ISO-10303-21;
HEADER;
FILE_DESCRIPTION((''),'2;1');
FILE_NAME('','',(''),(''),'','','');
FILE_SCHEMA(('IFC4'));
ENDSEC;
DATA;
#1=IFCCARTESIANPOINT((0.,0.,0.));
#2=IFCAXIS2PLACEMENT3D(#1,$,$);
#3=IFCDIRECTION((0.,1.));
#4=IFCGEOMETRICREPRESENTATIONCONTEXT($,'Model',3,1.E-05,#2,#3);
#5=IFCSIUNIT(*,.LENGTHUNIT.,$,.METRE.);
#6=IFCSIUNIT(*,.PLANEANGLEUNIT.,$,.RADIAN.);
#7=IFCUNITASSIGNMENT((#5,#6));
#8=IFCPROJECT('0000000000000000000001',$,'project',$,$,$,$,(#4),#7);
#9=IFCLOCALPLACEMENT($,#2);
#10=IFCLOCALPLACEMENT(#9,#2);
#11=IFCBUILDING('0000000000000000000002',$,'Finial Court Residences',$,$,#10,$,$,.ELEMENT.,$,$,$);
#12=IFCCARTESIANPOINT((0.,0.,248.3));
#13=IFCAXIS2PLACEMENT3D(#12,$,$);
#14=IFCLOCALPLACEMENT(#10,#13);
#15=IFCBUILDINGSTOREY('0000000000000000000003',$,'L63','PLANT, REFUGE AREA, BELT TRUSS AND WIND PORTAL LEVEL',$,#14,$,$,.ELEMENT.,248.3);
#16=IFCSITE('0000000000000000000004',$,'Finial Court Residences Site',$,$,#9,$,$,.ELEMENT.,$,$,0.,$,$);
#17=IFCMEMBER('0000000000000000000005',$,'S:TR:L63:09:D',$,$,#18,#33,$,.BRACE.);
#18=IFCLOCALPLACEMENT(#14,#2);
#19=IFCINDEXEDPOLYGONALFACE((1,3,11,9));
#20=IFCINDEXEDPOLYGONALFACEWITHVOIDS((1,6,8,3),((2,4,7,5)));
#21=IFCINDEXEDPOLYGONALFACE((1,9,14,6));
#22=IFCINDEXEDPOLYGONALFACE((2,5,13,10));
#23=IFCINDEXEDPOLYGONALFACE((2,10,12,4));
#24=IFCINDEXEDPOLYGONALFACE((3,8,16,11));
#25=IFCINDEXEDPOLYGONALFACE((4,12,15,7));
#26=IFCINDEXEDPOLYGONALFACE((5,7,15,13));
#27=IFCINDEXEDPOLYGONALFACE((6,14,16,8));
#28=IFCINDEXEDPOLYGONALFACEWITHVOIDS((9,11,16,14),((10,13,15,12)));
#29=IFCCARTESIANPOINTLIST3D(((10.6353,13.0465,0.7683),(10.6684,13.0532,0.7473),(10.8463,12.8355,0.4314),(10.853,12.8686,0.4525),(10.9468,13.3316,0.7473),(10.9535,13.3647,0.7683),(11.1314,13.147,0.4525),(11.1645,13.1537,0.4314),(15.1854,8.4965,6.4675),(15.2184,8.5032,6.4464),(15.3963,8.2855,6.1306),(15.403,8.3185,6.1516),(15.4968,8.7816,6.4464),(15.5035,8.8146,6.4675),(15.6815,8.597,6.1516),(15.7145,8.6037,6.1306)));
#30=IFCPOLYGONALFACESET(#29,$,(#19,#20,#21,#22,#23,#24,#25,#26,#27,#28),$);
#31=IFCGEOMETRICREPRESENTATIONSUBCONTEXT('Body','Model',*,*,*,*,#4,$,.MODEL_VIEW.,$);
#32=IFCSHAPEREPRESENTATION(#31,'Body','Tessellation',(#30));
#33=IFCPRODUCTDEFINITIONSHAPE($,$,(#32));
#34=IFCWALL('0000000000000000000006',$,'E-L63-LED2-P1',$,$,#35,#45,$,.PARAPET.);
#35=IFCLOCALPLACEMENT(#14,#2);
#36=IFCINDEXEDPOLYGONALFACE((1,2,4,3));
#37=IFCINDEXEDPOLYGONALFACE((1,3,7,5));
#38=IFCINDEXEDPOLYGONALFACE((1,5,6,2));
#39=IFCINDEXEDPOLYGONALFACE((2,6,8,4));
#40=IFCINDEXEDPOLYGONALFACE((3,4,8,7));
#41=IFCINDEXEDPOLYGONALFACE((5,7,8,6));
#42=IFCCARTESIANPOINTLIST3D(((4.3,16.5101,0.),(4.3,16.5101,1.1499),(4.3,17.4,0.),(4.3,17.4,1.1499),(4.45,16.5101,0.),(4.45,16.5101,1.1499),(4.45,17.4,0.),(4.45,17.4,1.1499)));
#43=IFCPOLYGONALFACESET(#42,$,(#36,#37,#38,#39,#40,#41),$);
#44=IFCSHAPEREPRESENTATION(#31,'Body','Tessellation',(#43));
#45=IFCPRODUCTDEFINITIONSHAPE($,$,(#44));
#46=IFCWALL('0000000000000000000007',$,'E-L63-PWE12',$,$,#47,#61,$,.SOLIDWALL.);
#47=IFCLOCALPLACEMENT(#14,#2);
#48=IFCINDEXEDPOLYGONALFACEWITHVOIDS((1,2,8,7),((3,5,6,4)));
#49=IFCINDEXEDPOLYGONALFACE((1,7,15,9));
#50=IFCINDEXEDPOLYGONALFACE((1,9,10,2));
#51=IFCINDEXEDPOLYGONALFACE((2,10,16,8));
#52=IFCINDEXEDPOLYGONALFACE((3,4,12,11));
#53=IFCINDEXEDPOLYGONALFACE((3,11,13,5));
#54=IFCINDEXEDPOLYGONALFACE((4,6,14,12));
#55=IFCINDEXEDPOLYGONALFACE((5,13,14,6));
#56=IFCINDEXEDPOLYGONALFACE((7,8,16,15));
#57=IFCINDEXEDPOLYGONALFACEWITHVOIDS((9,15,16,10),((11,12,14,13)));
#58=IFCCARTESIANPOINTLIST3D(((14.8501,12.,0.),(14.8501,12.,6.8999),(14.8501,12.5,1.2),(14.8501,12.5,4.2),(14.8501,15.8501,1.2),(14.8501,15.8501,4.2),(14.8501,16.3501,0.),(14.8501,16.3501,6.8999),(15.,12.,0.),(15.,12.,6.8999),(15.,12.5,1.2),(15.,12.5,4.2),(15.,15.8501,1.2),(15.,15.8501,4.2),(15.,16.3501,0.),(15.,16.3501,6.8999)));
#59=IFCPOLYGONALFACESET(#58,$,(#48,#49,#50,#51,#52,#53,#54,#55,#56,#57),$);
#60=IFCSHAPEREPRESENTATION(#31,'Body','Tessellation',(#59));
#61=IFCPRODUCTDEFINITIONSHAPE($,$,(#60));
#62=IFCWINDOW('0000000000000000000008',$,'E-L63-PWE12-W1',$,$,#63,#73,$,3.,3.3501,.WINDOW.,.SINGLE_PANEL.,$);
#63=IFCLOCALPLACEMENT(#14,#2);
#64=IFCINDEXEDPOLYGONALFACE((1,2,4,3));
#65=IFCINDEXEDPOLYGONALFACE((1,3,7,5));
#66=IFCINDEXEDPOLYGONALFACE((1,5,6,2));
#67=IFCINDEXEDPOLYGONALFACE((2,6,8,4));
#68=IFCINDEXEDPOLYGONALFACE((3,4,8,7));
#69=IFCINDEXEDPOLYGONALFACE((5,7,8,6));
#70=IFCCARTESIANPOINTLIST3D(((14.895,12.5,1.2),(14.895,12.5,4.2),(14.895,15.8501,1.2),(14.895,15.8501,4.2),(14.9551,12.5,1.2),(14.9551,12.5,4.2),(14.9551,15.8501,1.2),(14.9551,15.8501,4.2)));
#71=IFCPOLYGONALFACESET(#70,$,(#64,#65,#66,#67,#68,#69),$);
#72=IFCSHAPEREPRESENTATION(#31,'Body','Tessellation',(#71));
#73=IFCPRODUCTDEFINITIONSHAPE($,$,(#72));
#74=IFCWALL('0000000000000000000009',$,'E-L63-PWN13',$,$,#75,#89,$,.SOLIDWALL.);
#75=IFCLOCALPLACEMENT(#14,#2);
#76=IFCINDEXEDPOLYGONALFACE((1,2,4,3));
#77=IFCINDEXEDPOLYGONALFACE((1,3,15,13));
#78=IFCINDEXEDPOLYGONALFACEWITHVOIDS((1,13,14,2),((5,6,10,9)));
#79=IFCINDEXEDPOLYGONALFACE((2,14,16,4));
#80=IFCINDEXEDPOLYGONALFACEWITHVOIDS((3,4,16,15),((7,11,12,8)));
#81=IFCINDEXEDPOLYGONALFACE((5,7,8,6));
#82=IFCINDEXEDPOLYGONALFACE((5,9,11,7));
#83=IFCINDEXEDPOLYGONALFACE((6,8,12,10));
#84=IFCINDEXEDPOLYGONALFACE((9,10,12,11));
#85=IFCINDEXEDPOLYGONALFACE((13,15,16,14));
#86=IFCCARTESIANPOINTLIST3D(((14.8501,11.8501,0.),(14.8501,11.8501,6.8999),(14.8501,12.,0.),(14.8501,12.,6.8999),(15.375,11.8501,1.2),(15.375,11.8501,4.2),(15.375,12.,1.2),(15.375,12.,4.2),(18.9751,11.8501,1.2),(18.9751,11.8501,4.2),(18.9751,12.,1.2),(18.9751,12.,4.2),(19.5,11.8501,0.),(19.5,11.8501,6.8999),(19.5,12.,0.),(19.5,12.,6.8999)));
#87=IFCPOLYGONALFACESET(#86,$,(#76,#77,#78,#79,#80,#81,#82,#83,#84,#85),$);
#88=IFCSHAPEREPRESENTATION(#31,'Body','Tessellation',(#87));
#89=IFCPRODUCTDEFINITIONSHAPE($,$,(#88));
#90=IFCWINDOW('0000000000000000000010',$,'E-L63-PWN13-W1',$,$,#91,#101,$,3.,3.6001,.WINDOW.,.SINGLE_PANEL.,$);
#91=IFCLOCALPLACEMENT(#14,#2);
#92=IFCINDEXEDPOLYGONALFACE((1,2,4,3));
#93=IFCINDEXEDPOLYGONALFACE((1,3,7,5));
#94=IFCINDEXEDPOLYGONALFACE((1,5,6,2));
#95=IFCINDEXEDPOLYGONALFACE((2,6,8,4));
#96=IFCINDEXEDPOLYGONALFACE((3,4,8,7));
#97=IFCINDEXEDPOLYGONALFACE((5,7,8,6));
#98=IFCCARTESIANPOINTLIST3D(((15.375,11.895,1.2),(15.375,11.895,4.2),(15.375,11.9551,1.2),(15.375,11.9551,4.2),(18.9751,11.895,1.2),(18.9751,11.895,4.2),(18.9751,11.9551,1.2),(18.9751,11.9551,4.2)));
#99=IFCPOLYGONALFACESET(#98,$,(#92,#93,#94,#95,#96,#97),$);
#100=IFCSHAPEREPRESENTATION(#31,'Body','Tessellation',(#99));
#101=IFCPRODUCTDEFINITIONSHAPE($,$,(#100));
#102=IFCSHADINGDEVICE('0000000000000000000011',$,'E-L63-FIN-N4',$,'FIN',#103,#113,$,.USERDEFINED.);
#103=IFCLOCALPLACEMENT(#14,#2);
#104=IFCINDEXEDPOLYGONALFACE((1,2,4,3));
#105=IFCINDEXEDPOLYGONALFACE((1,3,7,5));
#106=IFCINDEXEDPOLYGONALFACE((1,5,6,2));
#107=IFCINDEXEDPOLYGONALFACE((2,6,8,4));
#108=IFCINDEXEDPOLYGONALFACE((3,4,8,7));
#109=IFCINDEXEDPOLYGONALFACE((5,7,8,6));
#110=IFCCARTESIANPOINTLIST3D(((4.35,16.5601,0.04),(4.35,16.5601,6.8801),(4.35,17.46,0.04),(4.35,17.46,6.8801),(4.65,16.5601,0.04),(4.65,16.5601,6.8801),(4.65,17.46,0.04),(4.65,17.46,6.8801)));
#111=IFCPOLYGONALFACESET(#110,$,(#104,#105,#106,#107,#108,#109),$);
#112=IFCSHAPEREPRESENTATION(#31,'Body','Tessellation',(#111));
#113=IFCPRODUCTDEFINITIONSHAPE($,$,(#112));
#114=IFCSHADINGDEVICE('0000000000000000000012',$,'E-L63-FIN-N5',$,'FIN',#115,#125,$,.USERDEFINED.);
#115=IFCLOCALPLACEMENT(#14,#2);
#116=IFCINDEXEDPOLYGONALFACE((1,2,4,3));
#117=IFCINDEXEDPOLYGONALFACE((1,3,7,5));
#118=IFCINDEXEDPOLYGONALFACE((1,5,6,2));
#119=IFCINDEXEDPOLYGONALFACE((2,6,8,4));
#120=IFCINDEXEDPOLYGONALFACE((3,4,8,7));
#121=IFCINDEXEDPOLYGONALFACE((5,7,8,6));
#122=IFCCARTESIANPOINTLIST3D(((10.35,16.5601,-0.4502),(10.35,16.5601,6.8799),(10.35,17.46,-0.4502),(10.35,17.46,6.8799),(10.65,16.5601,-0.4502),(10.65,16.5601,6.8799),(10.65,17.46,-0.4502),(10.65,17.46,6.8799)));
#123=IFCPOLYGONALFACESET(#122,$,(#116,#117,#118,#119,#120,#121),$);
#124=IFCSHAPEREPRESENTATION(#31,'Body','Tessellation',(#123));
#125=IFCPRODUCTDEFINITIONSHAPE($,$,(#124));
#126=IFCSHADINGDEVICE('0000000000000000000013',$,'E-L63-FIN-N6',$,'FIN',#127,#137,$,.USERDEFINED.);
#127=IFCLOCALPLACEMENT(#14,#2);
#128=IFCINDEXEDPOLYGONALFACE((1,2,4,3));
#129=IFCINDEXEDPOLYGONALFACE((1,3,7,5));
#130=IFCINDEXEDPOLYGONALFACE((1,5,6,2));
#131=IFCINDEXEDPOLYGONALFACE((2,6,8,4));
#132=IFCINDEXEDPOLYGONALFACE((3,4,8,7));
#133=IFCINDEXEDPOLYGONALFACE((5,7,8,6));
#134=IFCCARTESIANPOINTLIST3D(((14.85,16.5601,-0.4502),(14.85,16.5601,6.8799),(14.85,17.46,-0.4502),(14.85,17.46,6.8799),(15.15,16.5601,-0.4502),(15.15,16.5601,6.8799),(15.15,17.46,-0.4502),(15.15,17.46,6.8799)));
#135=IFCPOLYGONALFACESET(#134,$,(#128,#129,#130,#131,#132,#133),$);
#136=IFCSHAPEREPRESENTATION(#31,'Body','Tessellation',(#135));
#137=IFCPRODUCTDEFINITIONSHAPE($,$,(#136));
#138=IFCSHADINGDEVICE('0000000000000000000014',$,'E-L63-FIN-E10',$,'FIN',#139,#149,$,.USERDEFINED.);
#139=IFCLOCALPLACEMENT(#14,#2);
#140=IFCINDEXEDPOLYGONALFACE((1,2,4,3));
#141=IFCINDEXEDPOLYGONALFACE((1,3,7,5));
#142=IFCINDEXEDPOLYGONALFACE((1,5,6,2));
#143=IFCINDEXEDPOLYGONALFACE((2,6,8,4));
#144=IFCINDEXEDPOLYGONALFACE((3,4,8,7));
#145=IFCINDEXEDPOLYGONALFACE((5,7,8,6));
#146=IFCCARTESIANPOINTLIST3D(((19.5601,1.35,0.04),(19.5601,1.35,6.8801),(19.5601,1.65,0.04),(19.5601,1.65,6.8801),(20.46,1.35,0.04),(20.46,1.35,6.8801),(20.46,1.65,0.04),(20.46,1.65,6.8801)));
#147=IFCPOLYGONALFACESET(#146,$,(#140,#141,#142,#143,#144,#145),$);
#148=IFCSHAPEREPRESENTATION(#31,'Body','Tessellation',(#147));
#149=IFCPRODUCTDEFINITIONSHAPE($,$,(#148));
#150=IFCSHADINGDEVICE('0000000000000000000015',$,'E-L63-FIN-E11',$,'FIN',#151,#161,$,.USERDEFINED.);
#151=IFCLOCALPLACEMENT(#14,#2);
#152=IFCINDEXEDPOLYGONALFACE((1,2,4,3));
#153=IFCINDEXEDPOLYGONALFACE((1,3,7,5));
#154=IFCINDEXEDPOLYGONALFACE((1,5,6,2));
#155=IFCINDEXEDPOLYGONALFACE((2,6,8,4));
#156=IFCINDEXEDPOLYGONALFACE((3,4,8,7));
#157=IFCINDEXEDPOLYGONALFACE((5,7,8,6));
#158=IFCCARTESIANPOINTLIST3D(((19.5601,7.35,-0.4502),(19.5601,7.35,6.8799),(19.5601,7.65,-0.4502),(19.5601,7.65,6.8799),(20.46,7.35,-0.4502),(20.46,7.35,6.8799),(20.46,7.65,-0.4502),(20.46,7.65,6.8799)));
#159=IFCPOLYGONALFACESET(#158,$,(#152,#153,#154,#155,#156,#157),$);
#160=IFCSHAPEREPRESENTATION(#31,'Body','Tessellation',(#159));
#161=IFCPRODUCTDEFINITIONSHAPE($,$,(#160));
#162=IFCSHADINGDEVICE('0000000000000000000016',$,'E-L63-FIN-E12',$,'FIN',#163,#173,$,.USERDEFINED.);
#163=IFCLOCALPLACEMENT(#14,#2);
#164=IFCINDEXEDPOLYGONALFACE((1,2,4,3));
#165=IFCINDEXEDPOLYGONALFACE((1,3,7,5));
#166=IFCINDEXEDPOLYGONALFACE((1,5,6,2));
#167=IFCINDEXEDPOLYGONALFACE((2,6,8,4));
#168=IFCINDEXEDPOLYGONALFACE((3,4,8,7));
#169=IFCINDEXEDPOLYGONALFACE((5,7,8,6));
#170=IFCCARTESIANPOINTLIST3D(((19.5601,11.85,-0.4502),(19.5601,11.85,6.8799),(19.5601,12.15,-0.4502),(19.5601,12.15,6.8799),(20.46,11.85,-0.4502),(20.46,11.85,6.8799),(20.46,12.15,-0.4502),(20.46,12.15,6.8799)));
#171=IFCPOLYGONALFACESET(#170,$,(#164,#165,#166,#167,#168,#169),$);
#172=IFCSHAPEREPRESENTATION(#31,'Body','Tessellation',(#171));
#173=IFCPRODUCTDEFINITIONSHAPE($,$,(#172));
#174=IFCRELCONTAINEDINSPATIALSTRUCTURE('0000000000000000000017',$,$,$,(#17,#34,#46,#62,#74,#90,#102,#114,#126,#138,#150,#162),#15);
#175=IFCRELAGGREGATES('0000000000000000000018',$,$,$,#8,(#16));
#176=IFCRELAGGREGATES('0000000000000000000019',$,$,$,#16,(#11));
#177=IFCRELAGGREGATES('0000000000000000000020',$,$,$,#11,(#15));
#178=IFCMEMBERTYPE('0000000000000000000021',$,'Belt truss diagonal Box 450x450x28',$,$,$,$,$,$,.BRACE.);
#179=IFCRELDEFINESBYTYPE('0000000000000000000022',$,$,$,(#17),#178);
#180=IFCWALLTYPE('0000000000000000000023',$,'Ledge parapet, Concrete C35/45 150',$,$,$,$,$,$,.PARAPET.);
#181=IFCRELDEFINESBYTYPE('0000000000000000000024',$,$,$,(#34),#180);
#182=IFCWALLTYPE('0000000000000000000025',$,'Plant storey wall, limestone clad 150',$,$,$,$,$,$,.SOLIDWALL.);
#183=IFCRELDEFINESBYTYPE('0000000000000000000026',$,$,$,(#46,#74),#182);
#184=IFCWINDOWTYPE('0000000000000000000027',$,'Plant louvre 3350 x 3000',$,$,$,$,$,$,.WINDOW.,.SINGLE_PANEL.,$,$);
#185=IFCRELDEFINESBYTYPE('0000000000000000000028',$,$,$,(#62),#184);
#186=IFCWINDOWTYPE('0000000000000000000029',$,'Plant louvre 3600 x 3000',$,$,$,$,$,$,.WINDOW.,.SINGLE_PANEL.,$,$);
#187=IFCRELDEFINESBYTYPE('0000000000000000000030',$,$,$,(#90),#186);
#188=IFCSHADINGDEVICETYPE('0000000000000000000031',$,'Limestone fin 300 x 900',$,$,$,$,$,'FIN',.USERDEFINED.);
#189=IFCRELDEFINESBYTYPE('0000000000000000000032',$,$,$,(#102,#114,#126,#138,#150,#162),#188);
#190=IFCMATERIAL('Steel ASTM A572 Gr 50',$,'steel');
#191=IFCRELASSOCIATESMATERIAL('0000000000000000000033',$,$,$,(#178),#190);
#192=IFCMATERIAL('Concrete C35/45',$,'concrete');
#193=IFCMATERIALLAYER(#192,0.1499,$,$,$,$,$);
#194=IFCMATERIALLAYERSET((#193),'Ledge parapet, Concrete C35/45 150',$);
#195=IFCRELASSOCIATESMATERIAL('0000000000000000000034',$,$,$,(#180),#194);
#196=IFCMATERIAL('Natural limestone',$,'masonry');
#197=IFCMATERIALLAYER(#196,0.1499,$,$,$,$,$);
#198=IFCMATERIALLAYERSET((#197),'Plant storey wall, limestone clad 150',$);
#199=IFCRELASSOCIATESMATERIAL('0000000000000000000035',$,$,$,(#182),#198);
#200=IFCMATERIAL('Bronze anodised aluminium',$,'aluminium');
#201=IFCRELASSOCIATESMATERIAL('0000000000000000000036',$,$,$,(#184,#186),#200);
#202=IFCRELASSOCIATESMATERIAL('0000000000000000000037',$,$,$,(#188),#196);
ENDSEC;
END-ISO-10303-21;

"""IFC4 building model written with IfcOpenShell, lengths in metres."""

from ifc_helpers import new_model, si_unit, direction, frame, frame_2d, origin, origin_2d, place, context, subcontext, project, spatial, rectangle, hollow_rectangle, extrude, material, layer, layer_set, material_profile, profile_set, type_object, element, fill, save


model = new_model("IFC4")

# Units and contexts
model_context = context("Model", 3, precision=1e-05, world=origin(), true_north=direction((0.0, 1.0)))
body_context = subcontext(model_context, "Body", "Model", "MODEL_VIEW")
ifc_project = project(units=[si_unit("LENGTHUNIT", "METRE"), si_unit("PLANEANGLEUNIT", "RADIAN")], contexts=[model_context])

# Site, building, storey
site_placement = place(None, origin())
site = spatial("IfcSite", under=ifc_project, at=site_placement, Name="Finial Court Residences Site", CompositionType="ELEMENT", RefElevation=0.0)
building_placement = place(site_placement, origin())
building = spatial("IfcBuilding", under=site, at=building_placement, Name="Finial Court Residences", CompositionType="ELEMENT")
storey_placement = place(building_placement, frame((0.0, 0.0, 248.3)))
storey = spatial("IfcBuildingStorey", under=building, at=storey_placement, Name="L63", Description="PLANT, REFUGE AREA, BELT TRUSS AND WIND PORTAL LEVEL", CompositionType="ELEMENT", Elevation=248.3)

# Member
ifc_material_1 = material(Name="Steel ASTM A572 Gr 50", Category="steel")
ifc_material_profile_1 = material_profile(ifc_material_1, hollow_rectangle(XDim=0.45, YDim=0.45, WallThickness=0.0281, at=origin_2d()), Name="Box 450x450x28")
ifc_profile_set_1 = profile_set([ifc_material_profile_1], Name="Steel ASTM A572 Gr 50")
member_type_1 = type_object("IfcMemberType", Name="Belt truss diagonal Box 450x450x28", PredefinedType="BRACE", material=ifc_profile_set_1)
member_1_placement = place(storey_placement, frame((10.8999, 13.1001, 0.5999), z_axis=(0.529337, -0.529337, 0.663027), x_axis=(0.707107, 0.707107, 0.0)))
element("IfcMember", 1, at=member_1_placement, inside=storey, type_object=member_type_1, Name="S:TR:L63:09:D", PredefinedType="BRACE", context=body_context, shape_type="SweptSolid", body=[
    extrude(hollow_rectangle(XDim=0.45, YDim=0.45, WallThickness=0.0281, at=origin_2d()), origin(), (0.0, 0.0, 1.0), 8.5957),
])

# Wall
ifc_material_2 = material(Name="Concrete C35/45", Category="concrete")
ifc_layer_1 = layer(ifc_material_2, 0.1499)
ifc_layer_set_1 = layer_set([ifc_layer_1], Name="Ledge parapet, Concrete C35/45 150")
wall_type_1 = type_object("IfcWallType", Name="Ledge parapet, Concrete C35/45 150", PredefinedType="PARAPET", material=ifc_layer_set_1)
wall_1_placement = place(storey_placement, frame((4.375, 17.3999, 0.0), z_axis=(0.0, 0.0, 1.0), x_axis=(0.0, -1.0, 0.0)))
element("IfcWall", 2, at=wall_1_placement, inside=storey, type_object=wall_type_1, Name="E-L63-LED2-P1", PredefinedType="PARAPET", context=body_context, shape_type="SweptSolid", body=[
    extrude(rectangle(XDim=0.8899, YDim=0.1499, at=frame_2d((0.4448, 0.0))), origin(), (0.0, 0.0, 1.0), 1.1499),
])

# Walls, openings, windows
ifc_material_3 = material(Name="Natural limestone", Category="masonry")
ifc_layer_2 = layer(ifc_material_3, 0.1499)
ifc_layer_set_2 = layer_set([ifc_layer_2], Name="Plant storey wall, limestone clad 150")
wall_type_2 = type_object("IfcWallType", Name="Plant storey wall, limestone clad 150", PredefinedType="SOLIDWALL", material=ifc_layer_set_2)
wall_2_placement = place(storey_placement, frame((14.925, 16.3501, 0.0), z_axis=(0.0, 0.0, 1.0), x_axis=(0.0, -1.0, 0.0)))
wall_2 = element("IfcWall", 3, at=wall_2_placement, inside=storey, type_object=wall_type_2, Name="E-L63-PWE12", PredefinedType="SOLIDWALL", context=body_context, shape_type="SweptSolid", body=[
    extrude(rectangle(XDim=4.3501, YDim=0.1499, at=frame_2d((2.175, 0.0))), origin(), (0.0, 0.0, 1.0), 6.8999),
])
opening_1_placement = place(wall_2_placement, frame((0.5, 0.0, 1.2)))
opening_1 = element("IfcOpeningElement", 4, at=opening_1_placement, cuts=wall_2, PredefinedType="OPENING", context=body_context, shape_type="SweptSolid", body=[
    extrude(rectangle(XDim=3.3501, YDim=3.0, at=frame_2d((1.675, 1.5))), frame((0.0, 0.085, 0.0), z_axis=(0.0, -1.0, 0.0), x_axis=(1.0, 0.0, 0.0)), (0.0, 0.0, 1.0), 0.1699),
])
ifc_material_4 = material(Name="Bronze anodised aluminium", Category="aluminium")
window_type_1 = type_object("IfcWindowType", Name="Plant louvre 3350 x 3000", PartitioningType="SINGLE_PANEL", PredefinedType="WINDOW", material=ifc_material_4)
window_1_placement = place(opening_1_placement, origin())
window_1 = element("IfcWindow", 5, at=window_1_placement, inside=storey, type_object=window_type_1, Name="E-L63-PWE12-W1", OverallHeight=3.0, OverallWidth=3.3501, PartitioningType="SINGLE_PANEL", PredefinedType="WINDOW", context=body_context, shape_type="SweptSolid", body=[
    extrude(rectangle(XDim=3.3501, YDim=3.0, at=frame_2d((1.675, 1.5))), frame((0.0, 0.03, 0.0), z_axis=(0.0, -1.0, 0.0), x_axis=(1.0, 0.0, 0.0)), (0.0, 0.0, 1.0), 0.0601),
])
fill(opening_1, window_1)
wall_3_placement = place(storey_placement, frame((14.8501, 11.925, 0.0), z_axis=(0.0, 0.0, 1.0), x_axis=(1.0, 0.0, 0.0)))
wall_3 = element("IfcWall", 6, at=wall_3_placement, inside=storey, type_object=wall_type_2, Name="E-L63-PWN13", PredefinedType="SOLIDWALL", context=body_context, shape_type="SweptSolid", body=[
    extrude(rectangle(XDim=4.6499, YDim=0.1499, at=frame_2d((2.325, 0.0))), origin(), (0.0, 0.0, 1.0), 6.8999),
])
opening_2_placement = place(wall_3_placement, frame((0.5249, 0.0, 1.2)))
opening_2 = element("IfcOpeningElement", 7, at=opening_2_placement, cuts=wall_3, PredefinedType="OPENING", context=body_context, shape_type="SweptSolid", body=[
    extrude(rectangle(XDim=3.6001, YDim=3.0, at=frame_2d((1.8, 1.5))), frame((0.0, 0.085, 0.0), z_axis=(0.0, -1.0, 0.0), x_axis=(1.0, 0.0, 0.0)), (0.0, 0.0, 1.0), 0.1699),
])
window_type_2 = type_object("IfcWindowType", Name="Plant louvre 3600 x 3000", PartitioningType="SINGLE_PANEL", PredefinedType="WINDOW", material=ifc_material_4)
window_2_placement = place(opening_2_placement, origin())
window_2 = element("IfcWindow", 8, at=window_2_placement, inside=storey, type_object=window_type_2, Name="E-L63-PWN13-W1", OverallHeight=3.0, OverallWidth=3.6001, PartitioningType="SINGLE_PANEL", PredefinedType="WINDOW", context=body_context, shape_type="SweptSolid", body=[
    extrude(rectangle(XDim=3.6001, YDim=3.0, at=frame_2d((1.8, 1.5))), frame((0.0, 0.03, 0.0), z_axis=(0.0, -1.0, 0.0), x_axis=(1.0, 0.0, 0.0)), (0.0, 0.0, 1.0), 0.0601),
])
fill(opening_2, window_2)

# Shading devices
shading_device_type = type_object("IfcShadingDeviceType", Name="Limestone fin 300 x 900", ElementType="FIN", PredefinedType="USERDEFINED", material=ifc_material_3)
shading_device_1_placement = place(storey_placement, frame((4.5, 17.01, 0.04), z_axis=(0.0, 0.0, 1.0), x_axis=(1.0, 0.0, 0.0)))
element("IfcShadingDevice", 9, at=shading_device_1_placement, inside=storey, type_object=shading_device_type, Name="E-L63-FIN-N4", ObjectType="FIN", PredefinedType="USERDEFINED", context=body_context, shape_type="SweptSolid", body=[
    extrude(rectangle(XDim=0.3, YDim=0.8999, at=origin_2d()), origin(), (0.0, 0.0, 1.0), 6.8401),
])
for number, where, z_axis, x_axis, name in (
    (10, (10.5, 17.01, -0.4502), (0.0, 0.0, 1.0), (1.0, 0.0, 0.0), "E-L63-FIN-N5"),
    (11, (15.0, 17.01, -0.4502), (0.0, 0.0, 1.0), (1.0, 0.0, 0.0), "E-L63-FIN-N6"),
):
    element("IfcShadingDevice", number, at=place(storey_placement, frame(where, z_axis=z_axis, x_axis=x_axis)), inside=storey, type_object=shading_device_type, Name=name, ObjectType="FIN", PredefinedType="USERDEFINED", context=body_context, shape_type="SweptSolid", body=[
        extrude(rectangle(XDim=0.3, YDim=0.8999, at=origin_2d()), origin(), (0.0, 0.0, 1.0), 7.3301),
    ])
shading_device_2_placement = place(storey_placement, frame((20.01, 1.5, 0.04), z_axis=(0.0, 0.0, 1.0), x_axis=(1.0, 0.0, 0.0)))
element("IfcShadingDevice", 12, at=shading_device_2_placement, inside=storey, type_object=shading_device_type, Name="E-L63-FIN-E10", ObjectType="FIN", PredefinedType="USERDEFINED", context=body_context, shape_type="SweptSolid", body=[
    extrude(rectangle(XDim=0.8999, YDim=0.3, at=origin_2d()), origin(), (0.0, 0.0, 1.0), 6.8401),
])
for number, where, z_axis, x_axis, name in (
    (13, (20.01, 7.5, -0.4502), (0.0, 0.0, 1.0), (1.0, 0.0, 0.0), "E-L63-FIN-E11"),
    (14, (20.01, 12.0, -0.4502), (0.0, 0.0, 1.0), (1.0, 0.0, 0.0), "E-L63-FIN-E12"),
):
    element("IfcShadingDevice", number, at=place(storey_placement, frame(where, z_axis=z_axis, x_axis=x_axis)), inside=storey, type_object=shading_device_type, Name=name, ObjectType="FIN", PredefinedType="USERDEFINED", context=body_context, shape_type="SweptSolid", body=[
        extrude(rectangle(XDim=0.8999, YDim=0.3, at=origin_2d()), origin(), (0.0, 0.0, 1.0), 7.3301),
    ])

save(model, "model.ifc")
